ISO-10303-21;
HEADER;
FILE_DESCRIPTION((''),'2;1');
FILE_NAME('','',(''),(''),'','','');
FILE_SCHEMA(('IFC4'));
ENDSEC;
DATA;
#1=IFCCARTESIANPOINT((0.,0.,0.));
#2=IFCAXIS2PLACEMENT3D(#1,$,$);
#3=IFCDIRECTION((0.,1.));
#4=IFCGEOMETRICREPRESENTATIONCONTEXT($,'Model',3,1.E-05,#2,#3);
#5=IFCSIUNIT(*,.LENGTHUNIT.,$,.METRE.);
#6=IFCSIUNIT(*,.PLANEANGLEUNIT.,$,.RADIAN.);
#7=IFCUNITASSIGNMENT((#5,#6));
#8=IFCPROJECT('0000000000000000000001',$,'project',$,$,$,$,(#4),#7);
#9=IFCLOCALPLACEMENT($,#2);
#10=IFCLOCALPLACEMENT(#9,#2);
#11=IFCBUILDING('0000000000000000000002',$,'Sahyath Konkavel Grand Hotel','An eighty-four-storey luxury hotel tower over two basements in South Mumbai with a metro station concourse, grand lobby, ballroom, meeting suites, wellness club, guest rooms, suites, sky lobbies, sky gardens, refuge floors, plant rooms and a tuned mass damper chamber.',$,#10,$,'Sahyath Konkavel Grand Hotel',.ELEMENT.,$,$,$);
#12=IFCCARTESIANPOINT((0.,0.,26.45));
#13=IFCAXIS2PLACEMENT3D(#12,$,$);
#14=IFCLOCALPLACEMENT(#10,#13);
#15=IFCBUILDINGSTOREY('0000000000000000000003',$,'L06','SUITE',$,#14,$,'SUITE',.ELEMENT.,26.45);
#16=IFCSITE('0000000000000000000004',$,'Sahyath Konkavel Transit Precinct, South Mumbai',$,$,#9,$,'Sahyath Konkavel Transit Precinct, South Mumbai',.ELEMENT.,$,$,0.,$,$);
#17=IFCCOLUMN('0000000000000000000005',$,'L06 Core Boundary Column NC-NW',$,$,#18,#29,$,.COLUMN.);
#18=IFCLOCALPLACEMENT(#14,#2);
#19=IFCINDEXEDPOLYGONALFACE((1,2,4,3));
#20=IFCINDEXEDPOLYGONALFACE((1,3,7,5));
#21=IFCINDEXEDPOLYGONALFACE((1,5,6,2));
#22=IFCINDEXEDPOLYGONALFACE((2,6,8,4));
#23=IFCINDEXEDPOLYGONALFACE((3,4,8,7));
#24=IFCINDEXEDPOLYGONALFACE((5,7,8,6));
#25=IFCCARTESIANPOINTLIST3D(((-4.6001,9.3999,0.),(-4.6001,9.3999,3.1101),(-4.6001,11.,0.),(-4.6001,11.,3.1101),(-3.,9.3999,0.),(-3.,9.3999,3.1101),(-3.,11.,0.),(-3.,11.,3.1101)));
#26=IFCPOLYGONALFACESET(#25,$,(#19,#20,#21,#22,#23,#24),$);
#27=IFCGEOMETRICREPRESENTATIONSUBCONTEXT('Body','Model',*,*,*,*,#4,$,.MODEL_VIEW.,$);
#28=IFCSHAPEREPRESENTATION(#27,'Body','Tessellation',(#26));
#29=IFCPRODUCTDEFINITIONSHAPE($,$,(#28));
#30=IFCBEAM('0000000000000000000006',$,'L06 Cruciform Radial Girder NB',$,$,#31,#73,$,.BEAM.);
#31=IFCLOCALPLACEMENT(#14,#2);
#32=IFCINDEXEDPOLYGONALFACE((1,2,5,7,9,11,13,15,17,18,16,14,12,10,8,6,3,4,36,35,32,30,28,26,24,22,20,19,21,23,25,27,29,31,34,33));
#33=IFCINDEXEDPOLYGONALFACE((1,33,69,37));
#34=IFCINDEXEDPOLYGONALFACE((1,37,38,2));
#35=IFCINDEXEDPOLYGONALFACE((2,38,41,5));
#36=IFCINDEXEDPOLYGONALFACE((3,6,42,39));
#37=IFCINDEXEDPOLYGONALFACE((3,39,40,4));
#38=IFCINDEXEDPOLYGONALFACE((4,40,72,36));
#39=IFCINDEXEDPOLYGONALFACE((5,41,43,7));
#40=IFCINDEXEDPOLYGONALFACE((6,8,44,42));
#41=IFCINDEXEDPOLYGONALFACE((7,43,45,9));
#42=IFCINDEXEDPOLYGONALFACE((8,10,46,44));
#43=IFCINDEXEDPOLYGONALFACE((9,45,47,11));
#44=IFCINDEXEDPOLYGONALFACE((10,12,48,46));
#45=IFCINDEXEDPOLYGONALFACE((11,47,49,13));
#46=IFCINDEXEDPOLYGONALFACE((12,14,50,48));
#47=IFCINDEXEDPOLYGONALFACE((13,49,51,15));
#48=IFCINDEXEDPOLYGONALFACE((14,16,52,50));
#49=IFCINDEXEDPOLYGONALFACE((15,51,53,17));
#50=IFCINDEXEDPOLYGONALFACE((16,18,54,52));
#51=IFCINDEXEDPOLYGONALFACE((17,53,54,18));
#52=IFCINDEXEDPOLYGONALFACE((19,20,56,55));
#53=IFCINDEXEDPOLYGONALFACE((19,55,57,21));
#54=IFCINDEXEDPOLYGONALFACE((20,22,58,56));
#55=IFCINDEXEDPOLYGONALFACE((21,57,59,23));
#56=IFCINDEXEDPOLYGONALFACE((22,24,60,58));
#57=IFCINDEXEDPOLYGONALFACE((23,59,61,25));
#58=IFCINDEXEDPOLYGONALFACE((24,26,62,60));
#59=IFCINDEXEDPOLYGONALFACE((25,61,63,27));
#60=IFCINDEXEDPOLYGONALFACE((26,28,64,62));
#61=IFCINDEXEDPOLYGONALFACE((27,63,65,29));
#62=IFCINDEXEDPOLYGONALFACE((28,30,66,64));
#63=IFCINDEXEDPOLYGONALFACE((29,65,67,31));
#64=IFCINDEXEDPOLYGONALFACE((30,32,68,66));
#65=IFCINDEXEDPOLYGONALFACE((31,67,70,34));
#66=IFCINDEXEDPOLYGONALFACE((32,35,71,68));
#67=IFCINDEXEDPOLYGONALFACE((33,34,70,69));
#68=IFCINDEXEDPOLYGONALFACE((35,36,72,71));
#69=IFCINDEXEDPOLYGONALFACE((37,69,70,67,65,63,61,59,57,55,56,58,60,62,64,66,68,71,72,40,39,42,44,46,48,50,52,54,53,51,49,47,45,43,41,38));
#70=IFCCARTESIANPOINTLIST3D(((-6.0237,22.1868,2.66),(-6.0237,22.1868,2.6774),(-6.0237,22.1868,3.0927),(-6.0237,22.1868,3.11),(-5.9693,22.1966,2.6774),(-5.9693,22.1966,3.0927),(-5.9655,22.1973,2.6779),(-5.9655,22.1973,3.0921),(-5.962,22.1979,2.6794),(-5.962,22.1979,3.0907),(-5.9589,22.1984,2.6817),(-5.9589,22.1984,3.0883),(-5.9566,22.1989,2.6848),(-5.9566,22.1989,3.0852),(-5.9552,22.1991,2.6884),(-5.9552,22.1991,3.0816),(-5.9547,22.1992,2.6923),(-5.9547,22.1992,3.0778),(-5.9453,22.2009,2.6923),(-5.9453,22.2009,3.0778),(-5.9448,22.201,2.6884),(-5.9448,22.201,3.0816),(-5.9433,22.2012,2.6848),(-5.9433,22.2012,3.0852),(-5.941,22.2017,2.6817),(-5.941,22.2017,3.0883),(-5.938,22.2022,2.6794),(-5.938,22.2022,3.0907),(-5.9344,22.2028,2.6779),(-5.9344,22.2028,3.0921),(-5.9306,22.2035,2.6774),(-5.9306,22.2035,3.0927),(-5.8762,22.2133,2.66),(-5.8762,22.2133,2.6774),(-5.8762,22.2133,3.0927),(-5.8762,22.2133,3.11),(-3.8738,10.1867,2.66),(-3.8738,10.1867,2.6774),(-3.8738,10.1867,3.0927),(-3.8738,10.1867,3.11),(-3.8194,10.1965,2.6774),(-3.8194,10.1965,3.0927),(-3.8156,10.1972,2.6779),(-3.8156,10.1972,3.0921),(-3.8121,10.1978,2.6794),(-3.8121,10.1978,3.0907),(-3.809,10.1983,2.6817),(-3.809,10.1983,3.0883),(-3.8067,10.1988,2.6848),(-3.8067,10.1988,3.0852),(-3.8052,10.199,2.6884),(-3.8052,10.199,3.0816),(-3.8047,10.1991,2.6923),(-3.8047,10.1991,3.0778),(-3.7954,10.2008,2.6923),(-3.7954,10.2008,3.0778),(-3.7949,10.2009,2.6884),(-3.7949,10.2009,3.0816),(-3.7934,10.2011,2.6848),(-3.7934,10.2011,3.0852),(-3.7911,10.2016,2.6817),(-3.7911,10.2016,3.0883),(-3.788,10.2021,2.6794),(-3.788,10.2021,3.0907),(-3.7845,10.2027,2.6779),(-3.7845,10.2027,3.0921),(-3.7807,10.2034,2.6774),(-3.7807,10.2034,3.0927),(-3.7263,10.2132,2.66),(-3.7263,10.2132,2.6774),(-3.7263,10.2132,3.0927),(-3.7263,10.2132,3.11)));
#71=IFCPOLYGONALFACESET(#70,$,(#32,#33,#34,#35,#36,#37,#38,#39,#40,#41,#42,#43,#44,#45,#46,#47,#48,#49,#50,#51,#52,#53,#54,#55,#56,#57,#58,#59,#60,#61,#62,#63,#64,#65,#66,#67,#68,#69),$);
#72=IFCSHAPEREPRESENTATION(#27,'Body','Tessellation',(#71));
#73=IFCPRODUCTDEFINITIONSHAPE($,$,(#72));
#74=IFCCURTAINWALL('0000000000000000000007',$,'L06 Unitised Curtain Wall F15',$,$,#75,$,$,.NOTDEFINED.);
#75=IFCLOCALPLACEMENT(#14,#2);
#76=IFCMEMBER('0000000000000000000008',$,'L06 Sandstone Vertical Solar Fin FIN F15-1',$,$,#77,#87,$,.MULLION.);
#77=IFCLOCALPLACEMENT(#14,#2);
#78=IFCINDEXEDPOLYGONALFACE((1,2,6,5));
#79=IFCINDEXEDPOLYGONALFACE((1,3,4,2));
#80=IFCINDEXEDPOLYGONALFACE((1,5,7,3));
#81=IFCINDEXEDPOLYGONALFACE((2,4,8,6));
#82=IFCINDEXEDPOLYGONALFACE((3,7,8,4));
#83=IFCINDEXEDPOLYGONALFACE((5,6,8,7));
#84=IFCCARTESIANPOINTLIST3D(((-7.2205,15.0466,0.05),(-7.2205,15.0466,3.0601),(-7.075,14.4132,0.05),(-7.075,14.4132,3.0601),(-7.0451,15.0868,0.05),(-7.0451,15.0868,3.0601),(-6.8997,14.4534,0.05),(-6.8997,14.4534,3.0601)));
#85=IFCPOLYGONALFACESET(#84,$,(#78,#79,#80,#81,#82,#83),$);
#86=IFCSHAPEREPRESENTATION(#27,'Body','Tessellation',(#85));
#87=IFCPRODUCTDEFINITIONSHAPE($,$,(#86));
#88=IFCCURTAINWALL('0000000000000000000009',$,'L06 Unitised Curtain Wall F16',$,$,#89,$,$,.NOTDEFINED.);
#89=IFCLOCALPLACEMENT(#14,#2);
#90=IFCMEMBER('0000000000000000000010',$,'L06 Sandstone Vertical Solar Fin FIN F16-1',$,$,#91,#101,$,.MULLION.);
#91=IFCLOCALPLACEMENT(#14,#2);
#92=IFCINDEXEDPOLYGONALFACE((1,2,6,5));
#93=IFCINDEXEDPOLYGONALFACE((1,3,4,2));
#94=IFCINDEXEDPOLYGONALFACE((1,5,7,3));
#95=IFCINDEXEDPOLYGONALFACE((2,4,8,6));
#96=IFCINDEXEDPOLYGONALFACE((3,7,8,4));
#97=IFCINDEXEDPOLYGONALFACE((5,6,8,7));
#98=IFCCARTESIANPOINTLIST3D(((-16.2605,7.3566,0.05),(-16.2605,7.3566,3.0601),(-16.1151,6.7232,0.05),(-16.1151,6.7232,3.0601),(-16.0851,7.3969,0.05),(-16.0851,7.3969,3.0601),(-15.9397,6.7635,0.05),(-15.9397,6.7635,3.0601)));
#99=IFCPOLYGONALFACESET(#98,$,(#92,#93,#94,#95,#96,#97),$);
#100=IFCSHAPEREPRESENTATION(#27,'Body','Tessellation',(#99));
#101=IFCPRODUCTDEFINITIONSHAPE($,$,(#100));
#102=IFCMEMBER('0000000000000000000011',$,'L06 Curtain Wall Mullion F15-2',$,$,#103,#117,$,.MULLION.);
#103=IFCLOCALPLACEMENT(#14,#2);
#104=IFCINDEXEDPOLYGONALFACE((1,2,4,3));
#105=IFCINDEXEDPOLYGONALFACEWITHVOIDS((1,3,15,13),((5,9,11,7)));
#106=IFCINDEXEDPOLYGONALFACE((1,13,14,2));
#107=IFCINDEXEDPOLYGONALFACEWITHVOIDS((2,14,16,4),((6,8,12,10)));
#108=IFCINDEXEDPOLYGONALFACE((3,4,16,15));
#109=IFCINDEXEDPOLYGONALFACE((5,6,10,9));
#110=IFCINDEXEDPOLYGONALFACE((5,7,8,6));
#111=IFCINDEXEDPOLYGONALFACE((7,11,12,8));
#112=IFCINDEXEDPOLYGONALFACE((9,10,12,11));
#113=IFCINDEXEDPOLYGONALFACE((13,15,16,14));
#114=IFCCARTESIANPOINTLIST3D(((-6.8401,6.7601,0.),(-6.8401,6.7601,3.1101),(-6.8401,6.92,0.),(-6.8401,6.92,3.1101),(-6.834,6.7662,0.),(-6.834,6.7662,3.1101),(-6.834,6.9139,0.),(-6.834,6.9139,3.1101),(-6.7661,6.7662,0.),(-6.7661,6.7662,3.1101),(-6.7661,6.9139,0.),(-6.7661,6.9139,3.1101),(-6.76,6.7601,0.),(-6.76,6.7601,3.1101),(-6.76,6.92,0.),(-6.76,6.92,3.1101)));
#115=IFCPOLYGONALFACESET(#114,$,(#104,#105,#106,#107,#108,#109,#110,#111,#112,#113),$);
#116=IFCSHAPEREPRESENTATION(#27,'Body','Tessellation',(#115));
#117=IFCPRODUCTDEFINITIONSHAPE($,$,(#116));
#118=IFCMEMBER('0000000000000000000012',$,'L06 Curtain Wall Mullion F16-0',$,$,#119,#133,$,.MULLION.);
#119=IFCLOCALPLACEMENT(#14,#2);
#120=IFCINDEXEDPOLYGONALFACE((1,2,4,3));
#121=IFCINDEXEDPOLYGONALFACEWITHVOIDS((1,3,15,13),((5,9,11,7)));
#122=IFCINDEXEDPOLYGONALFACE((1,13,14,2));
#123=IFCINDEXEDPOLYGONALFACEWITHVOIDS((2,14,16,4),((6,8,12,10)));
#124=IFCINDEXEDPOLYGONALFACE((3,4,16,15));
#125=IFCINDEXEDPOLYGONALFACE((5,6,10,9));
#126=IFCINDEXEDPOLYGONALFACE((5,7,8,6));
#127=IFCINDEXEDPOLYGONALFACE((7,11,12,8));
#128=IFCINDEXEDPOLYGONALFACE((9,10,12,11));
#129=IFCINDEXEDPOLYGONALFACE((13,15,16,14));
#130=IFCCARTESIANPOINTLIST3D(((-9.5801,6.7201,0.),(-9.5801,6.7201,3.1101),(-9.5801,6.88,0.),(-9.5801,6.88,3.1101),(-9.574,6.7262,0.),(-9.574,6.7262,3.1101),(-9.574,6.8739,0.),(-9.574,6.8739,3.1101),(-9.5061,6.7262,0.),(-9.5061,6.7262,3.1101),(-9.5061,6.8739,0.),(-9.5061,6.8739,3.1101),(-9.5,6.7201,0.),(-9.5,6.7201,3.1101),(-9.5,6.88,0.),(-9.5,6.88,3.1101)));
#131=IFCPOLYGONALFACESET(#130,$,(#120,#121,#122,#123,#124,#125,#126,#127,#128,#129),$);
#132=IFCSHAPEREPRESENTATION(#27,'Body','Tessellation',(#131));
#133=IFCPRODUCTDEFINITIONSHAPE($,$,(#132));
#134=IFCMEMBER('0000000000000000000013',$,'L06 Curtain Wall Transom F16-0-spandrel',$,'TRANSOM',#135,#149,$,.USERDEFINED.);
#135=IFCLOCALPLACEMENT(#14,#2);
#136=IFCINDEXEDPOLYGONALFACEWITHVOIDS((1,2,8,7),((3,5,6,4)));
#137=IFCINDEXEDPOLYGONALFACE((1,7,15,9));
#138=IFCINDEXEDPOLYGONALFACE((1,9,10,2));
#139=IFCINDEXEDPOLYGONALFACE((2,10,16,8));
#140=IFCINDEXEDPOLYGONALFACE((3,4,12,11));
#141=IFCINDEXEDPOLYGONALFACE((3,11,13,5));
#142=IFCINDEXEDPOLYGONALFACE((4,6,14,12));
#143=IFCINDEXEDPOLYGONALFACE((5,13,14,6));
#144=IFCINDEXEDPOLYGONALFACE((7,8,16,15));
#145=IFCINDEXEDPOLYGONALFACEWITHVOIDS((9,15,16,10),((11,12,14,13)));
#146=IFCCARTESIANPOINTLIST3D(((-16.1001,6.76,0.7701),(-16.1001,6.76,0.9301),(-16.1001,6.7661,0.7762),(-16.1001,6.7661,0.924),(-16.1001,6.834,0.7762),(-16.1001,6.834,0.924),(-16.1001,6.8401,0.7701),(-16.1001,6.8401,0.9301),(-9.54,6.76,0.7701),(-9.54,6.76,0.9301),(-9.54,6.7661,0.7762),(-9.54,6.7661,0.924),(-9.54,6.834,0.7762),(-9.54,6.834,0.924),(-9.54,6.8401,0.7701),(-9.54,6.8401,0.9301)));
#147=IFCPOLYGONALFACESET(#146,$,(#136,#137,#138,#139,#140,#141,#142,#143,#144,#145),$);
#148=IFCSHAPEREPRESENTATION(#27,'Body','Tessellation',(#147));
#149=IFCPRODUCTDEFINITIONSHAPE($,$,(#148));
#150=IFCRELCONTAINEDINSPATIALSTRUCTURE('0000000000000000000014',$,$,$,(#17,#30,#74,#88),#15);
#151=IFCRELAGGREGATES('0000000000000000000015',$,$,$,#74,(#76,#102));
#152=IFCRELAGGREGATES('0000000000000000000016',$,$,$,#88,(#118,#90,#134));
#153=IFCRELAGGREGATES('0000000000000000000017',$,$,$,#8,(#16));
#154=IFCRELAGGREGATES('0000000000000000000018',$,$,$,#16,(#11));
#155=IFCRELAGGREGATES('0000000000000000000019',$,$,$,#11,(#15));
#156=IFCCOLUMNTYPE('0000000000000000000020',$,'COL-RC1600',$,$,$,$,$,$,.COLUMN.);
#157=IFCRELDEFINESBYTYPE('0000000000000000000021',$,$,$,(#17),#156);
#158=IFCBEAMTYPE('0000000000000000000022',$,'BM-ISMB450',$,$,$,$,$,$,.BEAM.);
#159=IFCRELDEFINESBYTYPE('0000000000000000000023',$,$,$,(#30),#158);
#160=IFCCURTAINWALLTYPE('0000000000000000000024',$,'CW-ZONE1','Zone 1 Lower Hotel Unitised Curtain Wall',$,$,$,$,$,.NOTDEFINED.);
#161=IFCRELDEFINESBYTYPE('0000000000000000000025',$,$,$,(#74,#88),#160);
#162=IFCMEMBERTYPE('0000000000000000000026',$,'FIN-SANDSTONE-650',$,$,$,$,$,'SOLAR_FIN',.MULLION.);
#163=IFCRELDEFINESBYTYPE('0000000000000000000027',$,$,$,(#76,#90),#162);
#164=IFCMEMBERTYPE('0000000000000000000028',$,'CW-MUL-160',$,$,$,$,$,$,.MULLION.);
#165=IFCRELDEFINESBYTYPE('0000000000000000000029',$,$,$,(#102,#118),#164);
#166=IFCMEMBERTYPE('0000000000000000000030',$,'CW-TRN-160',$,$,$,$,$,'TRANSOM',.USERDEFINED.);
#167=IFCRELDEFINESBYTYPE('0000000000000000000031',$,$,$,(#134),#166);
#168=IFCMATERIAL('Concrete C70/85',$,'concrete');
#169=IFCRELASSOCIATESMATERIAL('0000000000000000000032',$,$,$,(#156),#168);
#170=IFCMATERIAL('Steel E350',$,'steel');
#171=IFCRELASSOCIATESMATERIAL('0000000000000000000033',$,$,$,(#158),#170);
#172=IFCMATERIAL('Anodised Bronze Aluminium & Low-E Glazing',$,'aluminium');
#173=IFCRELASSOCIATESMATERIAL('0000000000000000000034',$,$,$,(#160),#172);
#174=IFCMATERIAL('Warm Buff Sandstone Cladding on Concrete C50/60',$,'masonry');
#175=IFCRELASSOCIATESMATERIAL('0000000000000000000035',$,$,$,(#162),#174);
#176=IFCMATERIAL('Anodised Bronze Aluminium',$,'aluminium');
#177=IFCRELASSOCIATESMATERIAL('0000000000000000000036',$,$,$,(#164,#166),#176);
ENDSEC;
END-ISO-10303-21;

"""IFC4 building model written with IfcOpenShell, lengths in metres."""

from ifc_helpers import new_model, si_unit, direction, frame, origin, origin_2d, place, context, subcontext, project, spatial, rectangle, hollow_rectangle, i_section, extrude, source, transform, mapped, material, material_profile, profile_set, type_object, element, aggregate, save


model = new_model("IFC4")

# Units and contexts
model_context = context("Model", 3, precision=1e-05, world=origin(), true_north=direction((0.0, 1.0)))
body_context = subcontext(model_context, "Body", "Model", "MODEL_VIEW")
ifc_project = project(units=[si_unit("LENGTHUNIT", "METRE"), si_unit("PLANEANGLEUNIT", "RADIAN")], contexts=[model_context])

# Site, building, storey
site_placement = place(None, origin())
site = spatial("IfcSite", under=ifc_project, at=site_placement, Name="Sahyath Konkavel Transit Precinct, South Mumbai", LongName="Sahyath Konkavel Transit Precinct, South Mumbai", CompositionType="ELEMENT", RefElevation=0.0)
building_placement = place(site_placement, origin())
building = spatial("IfcBuilding", under=site, at=building_placement, Name="Sahyath Konkavel Grand Hotel", Description="An eighty-four-storey luxury hotel tower over two basements in South Mumbai with a metro station concourse, grand lobby, ballroom, meeting suites, wellness club, guest rooms, suites, sky lobbies, sky gardens, refuge floors, plant rooms and a tuned mass damper chamber.", LongName="Sahyath Konkavel Grand Hotel", CompositionType="ELEMENT")
storey_placement = place(building_placement, frame((0.0, 0.0, 26.45)))
storey = spatial("IfcBuildingStorey", under=building, at=storey_placement, Name="L06", Description="SUITE", LongName="SUITE", CompositionType="ELEMENT", Elevation=26.45)

# Column
ifc_material_1 = material(Name="Concrete C70/85", Category="concrete")
ifc_material_profile_1 = material_profile(ifc_material_1, rectangle(XDim=1.6001, YDim=1.6001, at=origin_2d()), Name="RC 1600x1600")
ifc_profile_set_1 = profile_set([ifc_material_profile_1], Name="Concrete C70/85")
column_type = type_object("IfcColumnType", Name="COL-RC1600", PredefinedType="COLUMN", material=ifc_profile_set_1)
shared_shape_1 = source(origin(), body_context, "Body", "SweptSolid", [
    extrude(rectangle(XDim=1.6001, YDim=1.6001, at=origin_2d()), origin(), (0.0, 0.0, 1.0), 3.1101),
])
column_placement = place(storey_placement, frame((-3.8, 10.2, 0.0), z_axis=(0.0, 0.0, 1.0), x_axis=(1.0, 0.0, 0.0)))
element("IfcColumn", 1, at=column_placement, inside=storey, type_object=column_type, Name="L06 Core Boundary Column NC-NW", PredefinedType="COLUMN", context=body_context, shape_type="MappedRepresentation", body=[
    mapped(shared_shape_1, transform((0.0, 0.0, 0.0), scale=1.0)),
])

# Beam
ifc_material_2 = material(Name="Steel E350", Category="steel")
ifc_material_profile_2 = material_profile(ifc_material_2, i_section(OverallWidth=0.1499, OverallDepth=0.45, WebThickness=0.0095, FlangeThickness=0.0173, FilletRadius=0.0149, at=origin_2d()), Name="ISMB 450")
ifc_profile_set_2 = profile_set([ifc_material_profile_2], Name="Steel E350")
beam_type_1 = type_object("IfcBeamType", Name="BM-ISMB450", PredefinedType="BEAM", material=ifc_profile_set_2)
shared_shape_2 = source(origin(), body_context, "Body", "SweptSolid", [
    extrude(i_section(OverallWidth=0.1499, OverallDepth=0.45, WebThickness=0.0095, FlangeThickness=0.0173, FilletRadius=0.0149, at=origin_2d()), origin(), (0.0, 0.0, 1.0), 12.1912),
])
beam_1_placement = place(storey_placement, frame((-3.8, 10.2, 2.885), z_axis=(-0.176351, 0.984327, 0.0), x_axis=(-0.984327, -0.176351, 0.0)))
element("IfcBeam", 2, at=beam_1_placement, inside=storey, type_object=beam_type_1, Name="L06 Cruciform Radial Girder NB", PredefinedType="BEAM", context=body_context, shape_type="MappedRepresentation", body=[
    mapped(shared_shape_2, transform((0.0, 0.0, 0.0), scale=1.0)),
])

# Curtain walls, members
ifc_material_3 = material(Name="Anodised Bronze Aluminium & Low-E Glazing", Category="aluminium")
curtain_wall_type = type_object("IfcCurtainWallType", Name="CW-ZONE1", Description="Zone 1 Lower Hotel Unitised Curtain Wall", PredefinedType="NOTDEFINED", material=ifc_material_3)
curtain_wall_1_placement = place(storey_placement, origin())
curtain_wall_1 = element("IfcCurtainWall", 3, at=curtain_wall_1_placement, inside=storey, type_object=curtain_wall_type, Name="L06 Unitised Curtain Wall F15", PredefinedType="NOTDEFINED")
ifc_material_4 = material(Name="Warm Buff Sandstone Cladding on Concrete C50/60", Category="masonry")
ifc_material_profile_3 = material_profile(ifc_material_4, rectangle(XDim=0.1799, YDim=0.6499, at=origin_2d()), Name="FIN 180x650")
ifc_profile_set_3 = profile_set([ifc_material_profile_3], Name="Warm Buff Sandstone Cladding on Concrete C50/60")
member_type_1 = type_object("IfcMemberType", Name="FIN-SANDSTONE-650", ElementType="SOLAR_FIN", PredefinedType="MULLION", material=ifc_profile_set_3)
shared_shape_3 = source(origin(), body_context, "Body", "SweptSolid", [
    extrude(rectangle(XDim=0.1799, YDim=0.6499, at=origin_2d()), origin(), (0.0, 0.0, 1.0), 3.01),
])
member_1_placement = place(storey_placement, frame((-7.0601, 14.75, 0.05), z_axis=(0.0, 0.0, 1.0), x_axis=(0.974644, 0.22376, 0.0)))
member_1 = element("IfcMember", 4, at=member_1_placement, type_object=member_type_1, Name="L06 Sandstone Vertical Solar Fin FIN F15-1", PredefinedType="MULLION", context=body_context, shape_type="MappedRepresentation", body=[
    mapped(shared_shape_3, transform((0.0, 0.0, 0.0), scale=1.0)),
])
curtain_wall_2_placement = place(storey_placement, origin())
curtain_wall_2 = element("IfcCurtainWall", 5, at=curtain_wall_2_placement, inside=storey, type_object=curtain_wall_type, Name="L06 Unitised Curtain Wall F16", PredefinedType="NOTDEFINED")
member_2_placement = place(storey_placement, frame((-16.1001, 7.0601, 0.05), z_axis=(0.0, 0.0, 1.0), x_axis=(0.974644, 0.22376, 0.0)))
member_2 = element("IfcMember", 6, at=member_2_placement, type_object=member_type_1, Name="L06 Sandstone Vertical Solar Fin FIN F16-1", PredefinedType="MULLION", context=body_context, shape_type="MappedRepresentation", body=[
    mapped(shared_shape_3, transform((0.0, 0.0, 0.0), scale=1.0)),
])

# Members
ifc_material_5 = material(Name="Anodised Bronze Aluminium", Category="aluminium")
ifc_material_profile_4 = material_profile(ifc_material_5, hollow_rectangle(XDim=0.0801, YDim=0.1599, WallThickness=0.0061, at=origin_2d()), Name="RHS 160x80x6")
ifc_profile_set_4 = profile_set([ifc_material_profile_4], Name="Anodised Bronze Aluminium")
member_type_2 = type_object("IfcMemberType", Name="CW-MUL-160", PredefinedType="MULLION", material=ifc_profile_set_4)
shared_shape_4 = source(origin(), body_context, "Body", "SweptSolid", [
    extrude(hollow_rectangle(XDim=0.0801, YDim=0.1599, WallThickness=0.0061, at=origin_2d()), origin(), (0.0, 0.0, 1.0), 3.1101),
])
member_3_placement = place(storey_placement, frame((-6.8, 6.8401, 0.0), z_axis=(0.0, 0.0, 1.0), x_axis=(1.0, 0.0, 0.0)))
member_3 = element("IfcMember", 7, at=member_3_placement, type_object=member_type_2, Name="L06 Curtain Wall Mullion F15-2", PredefinedType="MULLION", context=body_context, shape_type="MappedRepresentation", body=[
    mapped(shared_shape_4, transform((0.0, 0.0, 0.0), scale=1.0)),
])
member_4_placement = place(storey_placement, frame((-9.54, 6.8, 0.0), z_axis=(0.0, 0.0, 1.0), x_axis=(1.0, 0.0, 0.0)))
member_4 = element("IfcMember", 8, at=member_4_placement, type_object=member_type_2, Name="L06 Curtain Wall Mullion F16-0", PredefinedType="MULLION", context=body_context, shape_type="MappedRepresentation", body=[
    mapped(shared_shape_4, transform((0.0, 0.0, 0.0), scale=1.0)),
])
ifc_material_profile_5 = material_profile(ifc_material_5, hollow_rectangle(XDim=0.0801, YDim=0.1599, WallThickness=0.0061, at=origin_2d()), Name="RHS 160x80x6")
ifc_profile_set_5 = profile_set([ifc_material_profile_5], Name="Anodised Bronze Aluminium")
member_type_3 = type_object("IfcMemberType", Name="CW-TRN-160", ElementType="TRANSOM", PredefinedType="USERDEFINED", material=ifc_profile_set_5)
shared_shape_5 = source(origin(), body_context, "Body", "SweptSolid", [
    extrude(hollow_rectangle(XDim=0.0801, YDim=0.1599, WallThickness=0.0061, at=origin_2d()), origin(), (0.0, 0.0, 1.0), 6.5601),
])
member_5_placement = place(storey_placement, frame((-9.54, 6.8, 0.8501), z_axis=(-1.0, 0.0, 0.0), x_axis=(0.0, -1.0, 0.0)))
member_5 = element("IfcMember", 9, at=member_5_placement, type_object=member_type_3, Name="L06 Curtain Wall Transom F16-0-spandrel", ObjectType="TRANSOM", PredefinedType="USERDEFINED", context=body_context, shape_type="MappedRepresentation", body=[
    mapped(shared_shape_5, transform((0.0, 0.0, 0.0), scale=1.0)),
])

aggregate(curtain_wall_1, [member_1, member_3])
aggregate(curtain_wall_2, [member_4, member_2, member_5])

save(model, "model.ifc")
